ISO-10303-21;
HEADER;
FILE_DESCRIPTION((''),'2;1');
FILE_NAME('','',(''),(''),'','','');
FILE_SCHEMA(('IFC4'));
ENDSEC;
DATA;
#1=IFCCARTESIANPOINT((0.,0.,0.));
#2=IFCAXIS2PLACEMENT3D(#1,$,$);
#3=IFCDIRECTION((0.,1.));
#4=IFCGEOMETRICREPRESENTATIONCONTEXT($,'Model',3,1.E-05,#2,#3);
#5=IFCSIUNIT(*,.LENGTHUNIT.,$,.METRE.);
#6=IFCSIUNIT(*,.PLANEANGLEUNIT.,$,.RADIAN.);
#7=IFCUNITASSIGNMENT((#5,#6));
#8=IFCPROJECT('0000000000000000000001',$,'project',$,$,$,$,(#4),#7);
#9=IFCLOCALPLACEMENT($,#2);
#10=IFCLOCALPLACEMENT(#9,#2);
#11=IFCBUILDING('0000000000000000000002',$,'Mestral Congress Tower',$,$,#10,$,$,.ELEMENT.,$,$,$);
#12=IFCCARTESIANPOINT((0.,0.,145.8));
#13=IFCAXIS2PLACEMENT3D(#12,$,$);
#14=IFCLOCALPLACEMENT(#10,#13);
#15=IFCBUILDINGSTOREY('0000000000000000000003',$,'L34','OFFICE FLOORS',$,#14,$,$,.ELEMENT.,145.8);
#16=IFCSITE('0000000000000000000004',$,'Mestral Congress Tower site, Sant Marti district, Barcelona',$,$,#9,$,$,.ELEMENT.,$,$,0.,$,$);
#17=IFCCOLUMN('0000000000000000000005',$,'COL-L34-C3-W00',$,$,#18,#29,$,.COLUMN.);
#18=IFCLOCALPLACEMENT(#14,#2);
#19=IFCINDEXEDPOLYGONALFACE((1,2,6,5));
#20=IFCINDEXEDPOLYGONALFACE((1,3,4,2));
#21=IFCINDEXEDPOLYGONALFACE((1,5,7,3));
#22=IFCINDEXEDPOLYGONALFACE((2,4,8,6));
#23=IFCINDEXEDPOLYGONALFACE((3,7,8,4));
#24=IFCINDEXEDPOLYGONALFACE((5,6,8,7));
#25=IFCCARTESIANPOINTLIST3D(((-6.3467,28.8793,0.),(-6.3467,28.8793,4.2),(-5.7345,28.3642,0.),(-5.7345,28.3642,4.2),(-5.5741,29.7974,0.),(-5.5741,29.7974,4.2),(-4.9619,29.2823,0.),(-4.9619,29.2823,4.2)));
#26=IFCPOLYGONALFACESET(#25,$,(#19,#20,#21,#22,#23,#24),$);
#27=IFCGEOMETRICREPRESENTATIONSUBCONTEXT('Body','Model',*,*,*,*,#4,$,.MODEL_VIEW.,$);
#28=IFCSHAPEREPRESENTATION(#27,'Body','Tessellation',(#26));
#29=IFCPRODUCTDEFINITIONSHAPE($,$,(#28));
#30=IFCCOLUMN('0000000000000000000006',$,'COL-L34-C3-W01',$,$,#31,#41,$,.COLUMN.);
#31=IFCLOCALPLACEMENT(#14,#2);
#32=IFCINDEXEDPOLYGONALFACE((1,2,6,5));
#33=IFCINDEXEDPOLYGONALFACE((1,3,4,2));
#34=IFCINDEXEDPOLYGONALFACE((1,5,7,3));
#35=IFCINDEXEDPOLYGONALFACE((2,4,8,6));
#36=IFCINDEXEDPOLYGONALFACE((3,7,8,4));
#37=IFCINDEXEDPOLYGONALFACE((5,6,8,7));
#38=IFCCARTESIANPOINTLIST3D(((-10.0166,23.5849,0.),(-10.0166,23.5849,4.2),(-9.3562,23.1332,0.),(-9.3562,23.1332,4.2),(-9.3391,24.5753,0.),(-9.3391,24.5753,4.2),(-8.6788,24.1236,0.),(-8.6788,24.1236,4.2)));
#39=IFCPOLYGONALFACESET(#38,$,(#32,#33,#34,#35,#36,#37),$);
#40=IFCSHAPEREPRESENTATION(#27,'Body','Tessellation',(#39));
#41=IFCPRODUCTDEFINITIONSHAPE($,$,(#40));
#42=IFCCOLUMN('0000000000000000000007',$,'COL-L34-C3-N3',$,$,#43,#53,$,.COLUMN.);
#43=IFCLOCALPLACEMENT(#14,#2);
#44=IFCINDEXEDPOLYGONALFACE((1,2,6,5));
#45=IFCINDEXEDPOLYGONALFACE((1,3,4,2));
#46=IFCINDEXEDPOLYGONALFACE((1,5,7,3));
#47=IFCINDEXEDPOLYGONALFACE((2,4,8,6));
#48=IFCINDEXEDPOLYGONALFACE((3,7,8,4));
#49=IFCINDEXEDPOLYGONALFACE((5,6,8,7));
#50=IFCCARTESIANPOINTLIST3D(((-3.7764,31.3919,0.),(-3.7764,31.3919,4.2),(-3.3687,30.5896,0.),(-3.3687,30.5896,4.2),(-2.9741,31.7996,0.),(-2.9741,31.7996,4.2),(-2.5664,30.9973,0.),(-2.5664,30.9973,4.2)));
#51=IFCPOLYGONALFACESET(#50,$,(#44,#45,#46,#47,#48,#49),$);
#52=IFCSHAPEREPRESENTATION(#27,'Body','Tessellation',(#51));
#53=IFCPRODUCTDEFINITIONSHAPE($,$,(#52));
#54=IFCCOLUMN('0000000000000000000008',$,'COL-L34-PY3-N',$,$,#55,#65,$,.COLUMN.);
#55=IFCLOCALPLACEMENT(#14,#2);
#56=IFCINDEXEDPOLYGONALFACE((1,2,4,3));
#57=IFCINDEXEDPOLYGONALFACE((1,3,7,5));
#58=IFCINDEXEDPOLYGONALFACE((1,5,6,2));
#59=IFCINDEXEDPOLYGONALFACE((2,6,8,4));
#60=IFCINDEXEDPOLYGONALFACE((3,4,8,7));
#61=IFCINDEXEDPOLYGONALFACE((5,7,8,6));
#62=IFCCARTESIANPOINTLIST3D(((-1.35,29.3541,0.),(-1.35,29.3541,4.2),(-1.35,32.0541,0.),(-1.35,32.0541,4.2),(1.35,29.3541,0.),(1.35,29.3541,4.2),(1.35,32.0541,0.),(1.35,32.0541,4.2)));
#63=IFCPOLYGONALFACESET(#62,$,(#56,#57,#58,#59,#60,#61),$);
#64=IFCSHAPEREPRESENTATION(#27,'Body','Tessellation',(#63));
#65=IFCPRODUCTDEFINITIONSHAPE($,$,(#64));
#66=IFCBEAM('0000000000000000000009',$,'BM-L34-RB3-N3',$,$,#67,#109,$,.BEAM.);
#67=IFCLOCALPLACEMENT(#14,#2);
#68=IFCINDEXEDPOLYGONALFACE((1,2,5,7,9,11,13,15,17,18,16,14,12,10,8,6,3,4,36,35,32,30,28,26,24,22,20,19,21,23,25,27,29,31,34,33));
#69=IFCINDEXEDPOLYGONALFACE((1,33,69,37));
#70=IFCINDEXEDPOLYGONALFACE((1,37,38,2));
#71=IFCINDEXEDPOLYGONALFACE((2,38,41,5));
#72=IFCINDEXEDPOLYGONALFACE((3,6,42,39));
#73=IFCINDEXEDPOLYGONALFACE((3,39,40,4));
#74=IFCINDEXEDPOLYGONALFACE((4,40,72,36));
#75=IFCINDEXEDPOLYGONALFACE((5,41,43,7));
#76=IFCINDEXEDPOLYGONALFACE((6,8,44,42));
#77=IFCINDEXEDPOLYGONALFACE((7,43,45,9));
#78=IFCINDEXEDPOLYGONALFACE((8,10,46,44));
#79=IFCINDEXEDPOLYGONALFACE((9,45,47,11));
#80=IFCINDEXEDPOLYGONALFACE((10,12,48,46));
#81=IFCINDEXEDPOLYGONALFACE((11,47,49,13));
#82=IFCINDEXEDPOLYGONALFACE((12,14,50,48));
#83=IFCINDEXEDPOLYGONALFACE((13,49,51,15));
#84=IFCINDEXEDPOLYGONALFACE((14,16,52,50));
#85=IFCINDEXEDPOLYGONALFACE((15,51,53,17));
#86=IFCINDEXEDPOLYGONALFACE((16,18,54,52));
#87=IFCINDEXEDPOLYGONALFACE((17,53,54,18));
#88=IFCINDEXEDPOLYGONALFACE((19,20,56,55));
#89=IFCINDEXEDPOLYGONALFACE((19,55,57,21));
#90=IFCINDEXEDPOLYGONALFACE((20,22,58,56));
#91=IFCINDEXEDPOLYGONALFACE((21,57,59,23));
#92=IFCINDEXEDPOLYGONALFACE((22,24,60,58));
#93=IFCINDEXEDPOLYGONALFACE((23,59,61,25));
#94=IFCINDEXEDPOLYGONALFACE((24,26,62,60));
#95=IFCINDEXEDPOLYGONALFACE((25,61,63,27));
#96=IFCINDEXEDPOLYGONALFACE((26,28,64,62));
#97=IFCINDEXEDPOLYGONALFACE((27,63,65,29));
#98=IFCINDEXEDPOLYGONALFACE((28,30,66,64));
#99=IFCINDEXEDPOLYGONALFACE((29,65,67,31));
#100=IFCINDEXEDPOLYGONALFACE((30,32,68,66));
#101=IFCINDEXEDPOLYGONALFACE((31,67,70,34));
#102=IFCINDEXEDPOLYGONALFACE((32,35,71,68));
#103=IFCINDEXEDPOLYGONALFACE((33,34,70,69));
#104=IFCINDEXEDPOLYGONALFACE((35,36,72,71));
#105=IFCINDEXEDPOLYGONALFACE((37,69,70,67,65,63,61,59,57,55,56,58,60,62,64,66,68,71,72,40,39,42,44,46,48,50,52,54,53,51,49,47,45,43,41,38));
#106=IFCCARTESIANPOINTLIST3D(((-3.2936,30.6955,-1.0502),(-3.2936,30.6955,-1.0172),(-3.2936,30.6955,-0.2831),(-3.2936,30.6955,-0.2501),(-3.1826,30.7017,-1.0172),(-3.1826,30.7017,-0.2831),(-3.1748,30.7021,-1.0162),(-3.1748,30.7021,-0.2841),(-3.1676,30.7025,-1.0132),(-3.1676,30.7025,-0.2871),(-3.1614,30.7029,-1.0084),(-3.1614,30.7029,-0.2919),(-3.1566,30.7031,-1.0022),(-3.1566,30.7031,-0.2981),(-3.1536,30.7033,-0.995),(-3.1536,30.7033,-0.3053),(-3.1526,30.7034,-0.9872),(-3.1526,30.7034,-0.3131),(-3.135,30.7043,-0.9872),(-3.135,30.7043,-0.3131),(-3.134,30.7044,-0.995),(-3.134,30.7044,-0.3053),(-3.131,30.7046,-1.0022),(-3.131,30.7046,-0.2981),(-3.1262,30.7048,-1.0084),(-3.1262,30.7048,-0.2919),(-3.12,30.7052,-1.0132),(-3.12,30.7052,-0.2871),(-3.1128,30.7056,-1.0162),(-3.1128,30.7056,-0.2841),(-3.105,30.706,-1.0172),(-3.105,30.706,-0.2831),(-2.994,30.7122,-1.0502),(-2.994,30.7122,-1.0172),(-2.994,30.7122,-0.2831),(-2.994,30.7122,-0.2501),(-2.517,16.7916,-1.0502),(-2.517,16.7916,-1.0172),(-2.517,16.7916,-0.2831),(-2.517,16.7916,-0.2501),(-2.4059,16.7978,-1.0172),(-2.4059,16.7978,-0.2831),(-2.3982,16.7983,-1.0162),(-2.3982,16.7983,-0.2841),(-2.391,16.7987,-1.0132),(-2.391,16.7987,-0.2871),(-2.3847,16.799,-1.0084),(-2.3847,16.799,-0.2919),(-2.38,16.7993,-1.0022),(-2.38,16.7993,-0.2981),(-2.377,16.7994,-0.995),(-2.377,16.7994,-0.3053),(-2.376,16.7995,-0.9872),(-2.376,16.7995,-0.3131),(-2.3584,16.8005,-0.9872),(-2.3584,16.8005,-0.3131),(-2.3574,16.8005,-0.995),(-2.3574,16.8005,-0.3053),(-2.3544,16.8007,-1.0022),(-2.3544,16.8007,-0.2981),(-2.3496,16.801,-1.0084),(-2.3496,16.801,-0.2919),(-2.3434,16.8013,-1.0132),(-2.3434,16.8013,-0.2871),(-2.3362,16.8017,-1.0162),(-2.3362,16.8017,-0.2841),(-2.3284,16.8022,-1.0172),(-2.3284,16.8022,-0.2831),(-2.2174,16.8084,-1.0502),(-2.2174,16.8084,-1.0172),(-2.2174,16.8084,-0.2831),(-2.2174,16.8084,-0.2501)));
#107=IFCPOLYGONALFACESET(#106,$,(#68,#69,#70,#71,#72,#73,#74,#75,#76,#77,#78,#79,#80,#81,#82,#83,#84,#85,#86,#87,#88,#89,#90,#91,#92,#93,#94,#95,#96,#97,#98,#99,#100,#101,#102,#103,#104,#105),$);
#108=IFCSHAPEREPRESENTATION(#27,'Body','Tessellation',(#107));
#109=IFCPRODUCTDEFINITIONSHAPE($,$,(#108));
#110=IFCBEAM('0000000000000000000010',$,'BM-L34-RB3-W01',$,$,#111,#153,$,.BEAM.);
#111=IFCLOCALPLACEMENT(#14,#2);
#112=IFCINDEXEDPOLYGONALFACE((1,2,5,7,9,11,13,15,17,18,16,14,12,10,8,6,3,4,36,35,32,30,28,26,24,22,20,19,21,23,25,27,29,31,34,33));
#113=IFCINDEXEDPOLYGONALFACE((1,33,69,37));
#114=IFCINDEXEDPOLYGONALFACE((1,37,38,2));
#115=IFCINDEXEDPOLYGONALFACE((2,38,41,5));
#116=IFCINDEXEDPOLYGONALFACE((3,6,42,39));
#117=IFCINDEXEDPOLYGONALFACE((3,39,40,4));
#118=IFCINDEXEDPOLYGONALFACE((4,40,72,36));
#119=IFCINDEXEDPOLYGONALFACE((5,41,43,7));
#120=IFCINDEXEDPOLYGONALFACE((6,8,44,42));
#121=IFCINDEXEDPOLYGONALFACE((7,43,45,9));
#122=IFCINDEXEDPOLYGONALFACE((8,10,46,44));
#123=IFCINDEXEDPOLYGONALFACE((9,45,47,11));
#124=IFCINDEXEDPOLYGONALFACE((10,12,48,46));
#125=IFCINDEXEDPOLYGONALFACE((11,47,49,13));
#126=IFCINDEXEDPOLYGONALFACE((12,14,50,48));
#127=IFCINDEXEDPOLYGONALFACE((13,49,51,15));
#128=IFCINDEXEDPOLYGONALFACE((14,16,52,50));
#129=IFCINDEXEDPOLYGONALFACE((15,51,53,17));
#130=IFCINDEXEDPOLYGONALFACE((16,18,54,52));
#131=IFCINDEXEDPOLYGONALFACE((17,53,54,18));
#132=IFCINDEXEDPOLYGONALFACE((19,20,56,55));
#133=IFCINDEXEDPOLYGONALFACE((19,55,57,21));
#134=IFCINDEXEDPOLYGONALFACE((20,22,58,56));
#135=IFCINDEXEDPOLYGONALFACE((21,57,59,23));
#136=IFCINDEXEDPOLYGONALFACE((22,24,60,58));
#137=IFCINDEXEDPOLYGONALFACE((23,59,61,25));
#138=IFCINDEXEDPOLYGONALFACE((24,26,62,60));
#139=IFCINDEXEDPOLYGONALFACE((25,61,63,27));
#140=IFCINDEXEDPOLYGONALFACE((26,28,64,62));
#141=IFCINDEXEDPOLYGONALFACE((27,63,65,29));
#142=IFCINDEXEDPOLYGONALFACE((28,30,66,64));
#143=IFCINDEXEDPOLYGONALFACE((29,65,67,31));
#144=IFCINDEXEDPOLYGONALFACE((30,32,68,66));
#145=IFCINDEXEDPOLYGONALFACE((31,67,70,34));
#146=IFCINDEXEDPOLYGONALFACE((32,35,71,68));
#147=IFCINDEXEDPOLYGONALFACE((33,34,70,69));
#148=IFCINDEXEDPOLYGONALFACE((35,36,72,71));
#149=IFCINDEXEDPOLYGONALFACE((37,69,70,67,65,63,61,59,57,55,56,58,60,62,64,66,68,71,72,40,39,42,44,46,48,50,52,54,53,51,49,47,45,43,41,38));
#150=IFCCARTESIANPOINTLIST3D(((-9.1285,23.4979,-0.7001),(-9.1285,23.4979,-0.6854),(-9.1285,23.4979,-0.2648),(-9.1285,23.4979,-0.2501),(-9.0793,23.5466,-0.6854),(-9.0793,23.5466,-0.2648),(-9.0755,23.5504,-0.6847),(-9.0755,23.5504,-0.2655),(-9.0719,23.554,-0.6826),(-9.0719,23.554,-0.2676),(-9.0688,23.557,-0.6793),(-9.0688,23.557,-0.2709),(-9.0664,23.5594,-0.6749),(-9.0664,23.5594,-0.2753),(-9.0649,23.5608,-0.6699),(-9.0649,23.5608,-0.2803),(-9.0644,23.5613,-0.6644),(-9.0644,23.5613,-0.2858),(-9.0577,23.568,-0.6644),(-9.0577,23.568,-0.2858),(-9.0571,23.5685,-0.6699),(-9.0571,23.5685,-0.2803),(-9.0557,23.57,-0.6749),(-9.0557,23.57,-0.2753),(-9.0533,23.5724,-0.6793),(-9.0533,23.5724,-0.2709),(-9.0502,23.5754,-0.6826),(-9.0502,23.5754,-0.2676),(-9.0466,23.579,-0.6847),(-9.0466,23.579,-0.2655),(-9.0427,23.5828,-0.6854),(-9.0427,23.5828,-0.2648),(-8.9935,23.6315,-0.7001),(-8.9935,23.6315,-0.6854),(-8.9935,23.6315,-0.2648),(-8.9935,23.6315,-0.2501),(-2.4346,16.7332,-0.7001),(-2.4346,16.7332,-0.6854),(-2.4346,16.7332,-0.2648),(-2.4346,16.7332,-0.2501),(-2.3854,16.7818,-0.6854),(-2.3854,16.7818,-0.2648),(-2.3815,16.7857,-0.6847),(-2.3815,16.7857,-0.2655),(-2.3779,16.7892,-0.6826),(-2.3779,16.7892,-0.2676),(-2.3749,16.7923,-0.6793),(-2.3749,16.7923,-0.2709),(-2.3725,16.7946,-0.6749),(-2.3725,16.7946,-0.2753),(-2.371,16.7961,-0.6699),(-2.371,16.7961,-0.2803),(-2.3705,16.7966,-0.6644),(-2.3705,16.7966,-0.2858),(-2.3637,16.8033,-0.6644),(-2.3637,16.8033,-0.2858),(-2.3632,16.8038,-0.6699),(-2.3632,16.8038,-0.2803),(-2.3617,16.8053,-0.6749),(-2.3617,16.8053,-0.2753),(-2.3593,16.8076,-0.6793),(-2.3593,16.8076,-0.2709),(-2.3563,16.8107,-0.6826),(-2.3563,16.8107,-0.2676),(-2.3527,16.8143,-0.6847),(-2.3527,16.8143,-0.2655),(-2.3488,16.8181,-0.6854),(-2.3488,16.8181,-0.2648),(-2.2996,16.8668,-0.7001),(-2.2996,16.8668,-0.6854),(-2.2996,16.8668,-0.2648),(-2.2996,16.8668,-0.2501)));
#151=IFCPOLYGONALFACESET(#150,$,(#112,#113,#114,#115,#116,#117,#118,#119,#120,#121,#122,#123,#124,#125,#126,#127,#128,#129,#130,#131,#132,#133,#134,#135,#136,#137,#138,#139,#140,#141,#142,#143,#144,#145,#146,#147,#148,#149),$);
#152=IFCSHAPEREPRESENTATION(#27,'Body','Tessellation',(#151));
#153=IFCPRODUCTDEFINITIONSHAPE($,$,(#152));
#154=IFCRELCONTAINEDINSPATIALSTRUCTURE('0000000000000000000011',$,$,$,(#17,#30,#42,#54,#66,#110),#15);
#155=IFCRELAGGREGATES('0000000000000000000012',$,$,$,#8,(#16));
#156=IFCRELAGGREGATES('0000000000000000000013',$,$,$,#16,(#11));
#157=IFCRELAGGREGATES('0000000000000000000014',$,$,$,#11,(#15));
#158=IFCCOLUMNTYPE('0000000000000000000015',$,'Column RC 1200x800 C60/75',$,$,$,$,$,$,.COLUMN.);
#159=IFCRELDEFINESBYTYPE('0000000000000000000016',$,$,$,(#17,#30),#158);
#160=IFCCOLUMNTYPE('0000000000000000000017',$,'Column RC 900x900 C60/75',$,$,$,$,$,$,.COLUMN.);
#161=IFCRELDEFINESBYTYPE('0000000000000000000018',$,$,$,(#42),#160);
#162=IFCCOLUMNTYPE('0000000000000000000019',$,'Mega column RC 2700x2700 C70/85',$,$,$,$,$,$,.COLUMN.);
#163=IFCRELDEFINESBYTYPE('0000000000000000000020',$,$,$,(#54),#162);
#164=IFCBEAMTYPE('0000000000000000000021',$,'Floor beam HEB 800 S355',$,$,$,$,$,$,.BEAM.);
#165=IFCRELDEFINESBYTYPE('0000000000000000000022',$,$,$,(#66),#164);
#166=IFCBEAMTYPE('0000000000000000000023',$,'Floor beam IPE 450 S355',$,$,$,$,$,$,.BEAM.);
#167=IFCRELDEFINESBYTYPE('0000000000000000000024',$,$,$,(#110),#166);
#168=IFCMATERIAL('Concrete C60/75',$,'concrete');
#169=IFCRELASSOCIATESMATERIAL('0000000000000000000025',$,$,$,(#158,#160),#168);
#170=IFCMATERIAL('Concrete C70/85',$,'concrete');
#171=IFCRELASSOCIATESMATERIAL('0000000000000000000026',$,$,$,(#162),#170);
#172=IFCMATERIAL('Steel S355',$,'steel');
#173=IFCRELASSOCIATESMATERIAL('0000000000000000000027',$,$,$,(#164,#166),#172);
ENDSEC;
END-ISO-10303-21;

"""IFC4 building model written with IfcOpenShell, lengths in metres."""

from ifc_helpers import new_model, si_unit, direction, frame, origin, origin_2d, place, context, subcontext, project, spatial, rectangle, i_section, extrude, material, material_profile, profile_set, type_object, element, save


model = new_model("IFC4")

# Units and contexts
model_context = context("Model", 3, precision=1e-05, world=origin(), true_north=direction((0.0, 1.0)))
body_context = subcontext(model_context, "Body", "Model", "MODEL_VIEW")
ifc_project = project(units=[si_unit("LENGTHUNIT", "METRE"), si_unit("PLANEANGLEUNIT", "RADIAN")], contexts=[model_context])

# Site, building, storey
site_placement = place(None, origin())
site = spatial("IfcSite", under=ifc_project, at=site_placement, Name="Mestral Congress Tower site, Sant Marti district, Barcelona", CompositionType="ELEMENT", RefElevation=0.0)
building_placement = place(site_placement, origin())
building = spatial("IfcBuilding", under=site, at=building_placement, Name="Mestral Congress Tower", CompositionType="ELEMENT")
storey_placement = place(building_placement, frame((0.0, 0.0, 145.8)))
storey = spatial("IfcBuildingStorey", under=building, at=storey_placement, Name="L34", Description="OFFICE FLOORS", CompositionType="ELEMENT", Elevation=145.8)

# Columns
ifc_material_1 = material(Name="Concrete C60/75", Category="concrete")
ifc_material_profile_1 = material_profile(ifc_material_1, rectangle(XDim=1.2, YDim=0.8, at=origin_2d()), Name="RC 1200x800")
ifc_profile_set_1 = profile_set([ifc_material_profile_1], Name="Concrete C60/75")
column_type_1 = type_object("IfcColumnType", Name="Column RC 1200x800 C60/75", PredefinedType="COLUMN", material=ifc_profile_set_1)
for number, where, z_axis, x_axis, name in (
    (1, (-5.6543, 29.0808, 0.0), (0.0, 0.0, 1.0), (-0.643827, -0.765171, 0.0), "COL-L34-C3-W00"),
    (2, (-9.3477, 23.8542, 0.0), (0.0, 0.0, 1.0), (-0.564568, -0.825387, 0.0), "COL-L34-C3-W01"),
):
    element("IfcColumn", number, at=place(storey_placement, frame(where, z_axis=z_axis, x_axis=x_axis)), inside=storey, type_object=column_type_1, Name=name, PredefinedType="COLUMN", context=body_context, shape_type="SweptSolid", body=[
        extrude(rectangle(XDim=1.2, YDim=0.8, at=origin_2d()), origin(), (0.0, 0.0, 1.0), 4.2),
    ])
ifc_material_profile_2 = material_profile(ifc_material_1, rectangle(XDim=0.8999, YDim=0.8999, at=origin_2d()), Name="RC 900x900")
ifc_profile_set_2 = profile_set([ifc_material_profile_2], Name="Concrete C60/75")
column_type_2 = type_object("IfcColumnType", Name="Column RC 900x900 C60/75", PredefinedType="COLUMN", material=ifc_profile_set_2)
column_1_placement = place(storey_placement, frame((-3.1714, 31.1946, 0.0), z_axis=(0.0, 0.0, 1.0), x_axis=(-0.891486, -0.453048, 0.0)))
element("IfcColumn", 3, at=column_1_placement, inside=storey, type_object=column_type_2, Name="COL-L34-C3-N3", PredefinedType="COLUMN", context=body_context, shape_type="SweptSolid", body=[
    extrude(rectangle(XDim=0.8999, YDim=0.8999, at=origin_2d()), origin(), (0.0, 0.0, 1.0), 4.2),
])
ifc_material_2 = material(Name="Concrete C70/85", Category="concrete")
ifc_material_profile_3 = material_profile(ifc_material_2, rectangle(XDim=2.7, YDim=2.7, at=origin_2d()), Name="RC 2700x2700")
ifc_profile_set_3 = profile_set([ifc_material_profile_3], Name="Concrete C70/85")
column_type_3 = type_object("IfcColumnType", Name="Mega column RC 2700x2700 C70/85", PredefinedType="COLUMN", material=ifc_profile_set_3)
column_2_placement = place(storey_placement, frame((0.0, 30.7041, 0.0), z_axis=(0.0, 0.0, 1.0), x_axis=(0.0, 1.0, 0.0)))
element("IfcColumn", 4, at=column_2_placement, inside=storey, type_object=column_type_3, Name="COL-L34-PY3-N", PredefinedType="COLUMN", context=body_context, shape_type="SweptSolid", body=[
    extrude(rectangle(XDim=2.7, YDim=2.7, at=origin_2d()), origin(), (0.0, 0.0, 1.0), 4.2),
])

# Beams
ifc_material_3 = material(Name="Steel S355", Category="steel")
ifc_material_profile_4 = material_profile(ifc_material_3, i_section(OverallWidth=0.3, OverallDepth=0.8, WebThickness=0.0176, FlangeThickness=0.033, FilletRadius=0.03, at=origin_2d()), Name="HEB 800")
ifc_profile_set_4 = profile_set([ifc_material_profile_4], Name="Steel S355")
beam_type_1 = type_object("IfcBeamType", Name="Floor beam HEB 800 S355", PredefinedType="BEAM", material=ifc_profile_set_4)
beam_1_placement = place(storey_placement, frame((-3.1438, 30.7039, -0.6501), z_axis=(0.055769, -0.998444, 0.0), x_axis=(0.998444, 0.055769, 0.0)))
element("IfcBeam", 5, at=beam_1_placement, inside=storey, type_object=beam_type_1, Name="BM-L34-RB3-N3", PredefinedType="BEAM", context=body_context, shape_type="SweptSolid", body=[
    extrude(i_section(OverallWidth=0.3, OverallDepth=0.8, WebThickness=0.0176, FlangeThickness=0.033, FilletRadius=0.03, at=origin_2d()), origin(), (0.0, 0.0, 1.0), 13.9255),
])
ifc_material_profile_5 = material_profile(ifc_material_3, i_section(OverallWidth=0.1899, OverallDepth=0.45, WebThickness=0.0095, FlangeThickness=0.0146, FilletRadius=0.021, at=origin_2d()), Name="IPE 450")
ifc_profile_set_5 = profile_set([ifc_material_profile_5], Name="Steel S355")
beam_type_2 = type_object("IfcBeamType", Name="Floor beam IPE 450 S355", PredefinedType="BEAM", material=ifc_profile_set_5)
beam_2_placement = place(storey_placement, frame((-9.061, 23.5647, -0.4751), z_axis=(0.703377, -0.710817, 0.0), x_axis=(0.710817, 0.703377, 0.0)))
element("IfcBeam", 6, at=beam_2_placement, inside=storey, type_object=beam_type_2, Name="BM-L34-RB3-W01", PredefinedType="BEAM", context=body_context, shape_type="SweptSolid", body=[
    extrude(i_section(OverallWidth=0.1899, OverallDepth=0.45, WebThickness=0.0095, FlangeThickness=0.0146, FilletRadius=0.021, at=origin_2d()), origin(), (0.0, 0.0, 1.0), 9.5168),
])

save(model, "model.ifc")
